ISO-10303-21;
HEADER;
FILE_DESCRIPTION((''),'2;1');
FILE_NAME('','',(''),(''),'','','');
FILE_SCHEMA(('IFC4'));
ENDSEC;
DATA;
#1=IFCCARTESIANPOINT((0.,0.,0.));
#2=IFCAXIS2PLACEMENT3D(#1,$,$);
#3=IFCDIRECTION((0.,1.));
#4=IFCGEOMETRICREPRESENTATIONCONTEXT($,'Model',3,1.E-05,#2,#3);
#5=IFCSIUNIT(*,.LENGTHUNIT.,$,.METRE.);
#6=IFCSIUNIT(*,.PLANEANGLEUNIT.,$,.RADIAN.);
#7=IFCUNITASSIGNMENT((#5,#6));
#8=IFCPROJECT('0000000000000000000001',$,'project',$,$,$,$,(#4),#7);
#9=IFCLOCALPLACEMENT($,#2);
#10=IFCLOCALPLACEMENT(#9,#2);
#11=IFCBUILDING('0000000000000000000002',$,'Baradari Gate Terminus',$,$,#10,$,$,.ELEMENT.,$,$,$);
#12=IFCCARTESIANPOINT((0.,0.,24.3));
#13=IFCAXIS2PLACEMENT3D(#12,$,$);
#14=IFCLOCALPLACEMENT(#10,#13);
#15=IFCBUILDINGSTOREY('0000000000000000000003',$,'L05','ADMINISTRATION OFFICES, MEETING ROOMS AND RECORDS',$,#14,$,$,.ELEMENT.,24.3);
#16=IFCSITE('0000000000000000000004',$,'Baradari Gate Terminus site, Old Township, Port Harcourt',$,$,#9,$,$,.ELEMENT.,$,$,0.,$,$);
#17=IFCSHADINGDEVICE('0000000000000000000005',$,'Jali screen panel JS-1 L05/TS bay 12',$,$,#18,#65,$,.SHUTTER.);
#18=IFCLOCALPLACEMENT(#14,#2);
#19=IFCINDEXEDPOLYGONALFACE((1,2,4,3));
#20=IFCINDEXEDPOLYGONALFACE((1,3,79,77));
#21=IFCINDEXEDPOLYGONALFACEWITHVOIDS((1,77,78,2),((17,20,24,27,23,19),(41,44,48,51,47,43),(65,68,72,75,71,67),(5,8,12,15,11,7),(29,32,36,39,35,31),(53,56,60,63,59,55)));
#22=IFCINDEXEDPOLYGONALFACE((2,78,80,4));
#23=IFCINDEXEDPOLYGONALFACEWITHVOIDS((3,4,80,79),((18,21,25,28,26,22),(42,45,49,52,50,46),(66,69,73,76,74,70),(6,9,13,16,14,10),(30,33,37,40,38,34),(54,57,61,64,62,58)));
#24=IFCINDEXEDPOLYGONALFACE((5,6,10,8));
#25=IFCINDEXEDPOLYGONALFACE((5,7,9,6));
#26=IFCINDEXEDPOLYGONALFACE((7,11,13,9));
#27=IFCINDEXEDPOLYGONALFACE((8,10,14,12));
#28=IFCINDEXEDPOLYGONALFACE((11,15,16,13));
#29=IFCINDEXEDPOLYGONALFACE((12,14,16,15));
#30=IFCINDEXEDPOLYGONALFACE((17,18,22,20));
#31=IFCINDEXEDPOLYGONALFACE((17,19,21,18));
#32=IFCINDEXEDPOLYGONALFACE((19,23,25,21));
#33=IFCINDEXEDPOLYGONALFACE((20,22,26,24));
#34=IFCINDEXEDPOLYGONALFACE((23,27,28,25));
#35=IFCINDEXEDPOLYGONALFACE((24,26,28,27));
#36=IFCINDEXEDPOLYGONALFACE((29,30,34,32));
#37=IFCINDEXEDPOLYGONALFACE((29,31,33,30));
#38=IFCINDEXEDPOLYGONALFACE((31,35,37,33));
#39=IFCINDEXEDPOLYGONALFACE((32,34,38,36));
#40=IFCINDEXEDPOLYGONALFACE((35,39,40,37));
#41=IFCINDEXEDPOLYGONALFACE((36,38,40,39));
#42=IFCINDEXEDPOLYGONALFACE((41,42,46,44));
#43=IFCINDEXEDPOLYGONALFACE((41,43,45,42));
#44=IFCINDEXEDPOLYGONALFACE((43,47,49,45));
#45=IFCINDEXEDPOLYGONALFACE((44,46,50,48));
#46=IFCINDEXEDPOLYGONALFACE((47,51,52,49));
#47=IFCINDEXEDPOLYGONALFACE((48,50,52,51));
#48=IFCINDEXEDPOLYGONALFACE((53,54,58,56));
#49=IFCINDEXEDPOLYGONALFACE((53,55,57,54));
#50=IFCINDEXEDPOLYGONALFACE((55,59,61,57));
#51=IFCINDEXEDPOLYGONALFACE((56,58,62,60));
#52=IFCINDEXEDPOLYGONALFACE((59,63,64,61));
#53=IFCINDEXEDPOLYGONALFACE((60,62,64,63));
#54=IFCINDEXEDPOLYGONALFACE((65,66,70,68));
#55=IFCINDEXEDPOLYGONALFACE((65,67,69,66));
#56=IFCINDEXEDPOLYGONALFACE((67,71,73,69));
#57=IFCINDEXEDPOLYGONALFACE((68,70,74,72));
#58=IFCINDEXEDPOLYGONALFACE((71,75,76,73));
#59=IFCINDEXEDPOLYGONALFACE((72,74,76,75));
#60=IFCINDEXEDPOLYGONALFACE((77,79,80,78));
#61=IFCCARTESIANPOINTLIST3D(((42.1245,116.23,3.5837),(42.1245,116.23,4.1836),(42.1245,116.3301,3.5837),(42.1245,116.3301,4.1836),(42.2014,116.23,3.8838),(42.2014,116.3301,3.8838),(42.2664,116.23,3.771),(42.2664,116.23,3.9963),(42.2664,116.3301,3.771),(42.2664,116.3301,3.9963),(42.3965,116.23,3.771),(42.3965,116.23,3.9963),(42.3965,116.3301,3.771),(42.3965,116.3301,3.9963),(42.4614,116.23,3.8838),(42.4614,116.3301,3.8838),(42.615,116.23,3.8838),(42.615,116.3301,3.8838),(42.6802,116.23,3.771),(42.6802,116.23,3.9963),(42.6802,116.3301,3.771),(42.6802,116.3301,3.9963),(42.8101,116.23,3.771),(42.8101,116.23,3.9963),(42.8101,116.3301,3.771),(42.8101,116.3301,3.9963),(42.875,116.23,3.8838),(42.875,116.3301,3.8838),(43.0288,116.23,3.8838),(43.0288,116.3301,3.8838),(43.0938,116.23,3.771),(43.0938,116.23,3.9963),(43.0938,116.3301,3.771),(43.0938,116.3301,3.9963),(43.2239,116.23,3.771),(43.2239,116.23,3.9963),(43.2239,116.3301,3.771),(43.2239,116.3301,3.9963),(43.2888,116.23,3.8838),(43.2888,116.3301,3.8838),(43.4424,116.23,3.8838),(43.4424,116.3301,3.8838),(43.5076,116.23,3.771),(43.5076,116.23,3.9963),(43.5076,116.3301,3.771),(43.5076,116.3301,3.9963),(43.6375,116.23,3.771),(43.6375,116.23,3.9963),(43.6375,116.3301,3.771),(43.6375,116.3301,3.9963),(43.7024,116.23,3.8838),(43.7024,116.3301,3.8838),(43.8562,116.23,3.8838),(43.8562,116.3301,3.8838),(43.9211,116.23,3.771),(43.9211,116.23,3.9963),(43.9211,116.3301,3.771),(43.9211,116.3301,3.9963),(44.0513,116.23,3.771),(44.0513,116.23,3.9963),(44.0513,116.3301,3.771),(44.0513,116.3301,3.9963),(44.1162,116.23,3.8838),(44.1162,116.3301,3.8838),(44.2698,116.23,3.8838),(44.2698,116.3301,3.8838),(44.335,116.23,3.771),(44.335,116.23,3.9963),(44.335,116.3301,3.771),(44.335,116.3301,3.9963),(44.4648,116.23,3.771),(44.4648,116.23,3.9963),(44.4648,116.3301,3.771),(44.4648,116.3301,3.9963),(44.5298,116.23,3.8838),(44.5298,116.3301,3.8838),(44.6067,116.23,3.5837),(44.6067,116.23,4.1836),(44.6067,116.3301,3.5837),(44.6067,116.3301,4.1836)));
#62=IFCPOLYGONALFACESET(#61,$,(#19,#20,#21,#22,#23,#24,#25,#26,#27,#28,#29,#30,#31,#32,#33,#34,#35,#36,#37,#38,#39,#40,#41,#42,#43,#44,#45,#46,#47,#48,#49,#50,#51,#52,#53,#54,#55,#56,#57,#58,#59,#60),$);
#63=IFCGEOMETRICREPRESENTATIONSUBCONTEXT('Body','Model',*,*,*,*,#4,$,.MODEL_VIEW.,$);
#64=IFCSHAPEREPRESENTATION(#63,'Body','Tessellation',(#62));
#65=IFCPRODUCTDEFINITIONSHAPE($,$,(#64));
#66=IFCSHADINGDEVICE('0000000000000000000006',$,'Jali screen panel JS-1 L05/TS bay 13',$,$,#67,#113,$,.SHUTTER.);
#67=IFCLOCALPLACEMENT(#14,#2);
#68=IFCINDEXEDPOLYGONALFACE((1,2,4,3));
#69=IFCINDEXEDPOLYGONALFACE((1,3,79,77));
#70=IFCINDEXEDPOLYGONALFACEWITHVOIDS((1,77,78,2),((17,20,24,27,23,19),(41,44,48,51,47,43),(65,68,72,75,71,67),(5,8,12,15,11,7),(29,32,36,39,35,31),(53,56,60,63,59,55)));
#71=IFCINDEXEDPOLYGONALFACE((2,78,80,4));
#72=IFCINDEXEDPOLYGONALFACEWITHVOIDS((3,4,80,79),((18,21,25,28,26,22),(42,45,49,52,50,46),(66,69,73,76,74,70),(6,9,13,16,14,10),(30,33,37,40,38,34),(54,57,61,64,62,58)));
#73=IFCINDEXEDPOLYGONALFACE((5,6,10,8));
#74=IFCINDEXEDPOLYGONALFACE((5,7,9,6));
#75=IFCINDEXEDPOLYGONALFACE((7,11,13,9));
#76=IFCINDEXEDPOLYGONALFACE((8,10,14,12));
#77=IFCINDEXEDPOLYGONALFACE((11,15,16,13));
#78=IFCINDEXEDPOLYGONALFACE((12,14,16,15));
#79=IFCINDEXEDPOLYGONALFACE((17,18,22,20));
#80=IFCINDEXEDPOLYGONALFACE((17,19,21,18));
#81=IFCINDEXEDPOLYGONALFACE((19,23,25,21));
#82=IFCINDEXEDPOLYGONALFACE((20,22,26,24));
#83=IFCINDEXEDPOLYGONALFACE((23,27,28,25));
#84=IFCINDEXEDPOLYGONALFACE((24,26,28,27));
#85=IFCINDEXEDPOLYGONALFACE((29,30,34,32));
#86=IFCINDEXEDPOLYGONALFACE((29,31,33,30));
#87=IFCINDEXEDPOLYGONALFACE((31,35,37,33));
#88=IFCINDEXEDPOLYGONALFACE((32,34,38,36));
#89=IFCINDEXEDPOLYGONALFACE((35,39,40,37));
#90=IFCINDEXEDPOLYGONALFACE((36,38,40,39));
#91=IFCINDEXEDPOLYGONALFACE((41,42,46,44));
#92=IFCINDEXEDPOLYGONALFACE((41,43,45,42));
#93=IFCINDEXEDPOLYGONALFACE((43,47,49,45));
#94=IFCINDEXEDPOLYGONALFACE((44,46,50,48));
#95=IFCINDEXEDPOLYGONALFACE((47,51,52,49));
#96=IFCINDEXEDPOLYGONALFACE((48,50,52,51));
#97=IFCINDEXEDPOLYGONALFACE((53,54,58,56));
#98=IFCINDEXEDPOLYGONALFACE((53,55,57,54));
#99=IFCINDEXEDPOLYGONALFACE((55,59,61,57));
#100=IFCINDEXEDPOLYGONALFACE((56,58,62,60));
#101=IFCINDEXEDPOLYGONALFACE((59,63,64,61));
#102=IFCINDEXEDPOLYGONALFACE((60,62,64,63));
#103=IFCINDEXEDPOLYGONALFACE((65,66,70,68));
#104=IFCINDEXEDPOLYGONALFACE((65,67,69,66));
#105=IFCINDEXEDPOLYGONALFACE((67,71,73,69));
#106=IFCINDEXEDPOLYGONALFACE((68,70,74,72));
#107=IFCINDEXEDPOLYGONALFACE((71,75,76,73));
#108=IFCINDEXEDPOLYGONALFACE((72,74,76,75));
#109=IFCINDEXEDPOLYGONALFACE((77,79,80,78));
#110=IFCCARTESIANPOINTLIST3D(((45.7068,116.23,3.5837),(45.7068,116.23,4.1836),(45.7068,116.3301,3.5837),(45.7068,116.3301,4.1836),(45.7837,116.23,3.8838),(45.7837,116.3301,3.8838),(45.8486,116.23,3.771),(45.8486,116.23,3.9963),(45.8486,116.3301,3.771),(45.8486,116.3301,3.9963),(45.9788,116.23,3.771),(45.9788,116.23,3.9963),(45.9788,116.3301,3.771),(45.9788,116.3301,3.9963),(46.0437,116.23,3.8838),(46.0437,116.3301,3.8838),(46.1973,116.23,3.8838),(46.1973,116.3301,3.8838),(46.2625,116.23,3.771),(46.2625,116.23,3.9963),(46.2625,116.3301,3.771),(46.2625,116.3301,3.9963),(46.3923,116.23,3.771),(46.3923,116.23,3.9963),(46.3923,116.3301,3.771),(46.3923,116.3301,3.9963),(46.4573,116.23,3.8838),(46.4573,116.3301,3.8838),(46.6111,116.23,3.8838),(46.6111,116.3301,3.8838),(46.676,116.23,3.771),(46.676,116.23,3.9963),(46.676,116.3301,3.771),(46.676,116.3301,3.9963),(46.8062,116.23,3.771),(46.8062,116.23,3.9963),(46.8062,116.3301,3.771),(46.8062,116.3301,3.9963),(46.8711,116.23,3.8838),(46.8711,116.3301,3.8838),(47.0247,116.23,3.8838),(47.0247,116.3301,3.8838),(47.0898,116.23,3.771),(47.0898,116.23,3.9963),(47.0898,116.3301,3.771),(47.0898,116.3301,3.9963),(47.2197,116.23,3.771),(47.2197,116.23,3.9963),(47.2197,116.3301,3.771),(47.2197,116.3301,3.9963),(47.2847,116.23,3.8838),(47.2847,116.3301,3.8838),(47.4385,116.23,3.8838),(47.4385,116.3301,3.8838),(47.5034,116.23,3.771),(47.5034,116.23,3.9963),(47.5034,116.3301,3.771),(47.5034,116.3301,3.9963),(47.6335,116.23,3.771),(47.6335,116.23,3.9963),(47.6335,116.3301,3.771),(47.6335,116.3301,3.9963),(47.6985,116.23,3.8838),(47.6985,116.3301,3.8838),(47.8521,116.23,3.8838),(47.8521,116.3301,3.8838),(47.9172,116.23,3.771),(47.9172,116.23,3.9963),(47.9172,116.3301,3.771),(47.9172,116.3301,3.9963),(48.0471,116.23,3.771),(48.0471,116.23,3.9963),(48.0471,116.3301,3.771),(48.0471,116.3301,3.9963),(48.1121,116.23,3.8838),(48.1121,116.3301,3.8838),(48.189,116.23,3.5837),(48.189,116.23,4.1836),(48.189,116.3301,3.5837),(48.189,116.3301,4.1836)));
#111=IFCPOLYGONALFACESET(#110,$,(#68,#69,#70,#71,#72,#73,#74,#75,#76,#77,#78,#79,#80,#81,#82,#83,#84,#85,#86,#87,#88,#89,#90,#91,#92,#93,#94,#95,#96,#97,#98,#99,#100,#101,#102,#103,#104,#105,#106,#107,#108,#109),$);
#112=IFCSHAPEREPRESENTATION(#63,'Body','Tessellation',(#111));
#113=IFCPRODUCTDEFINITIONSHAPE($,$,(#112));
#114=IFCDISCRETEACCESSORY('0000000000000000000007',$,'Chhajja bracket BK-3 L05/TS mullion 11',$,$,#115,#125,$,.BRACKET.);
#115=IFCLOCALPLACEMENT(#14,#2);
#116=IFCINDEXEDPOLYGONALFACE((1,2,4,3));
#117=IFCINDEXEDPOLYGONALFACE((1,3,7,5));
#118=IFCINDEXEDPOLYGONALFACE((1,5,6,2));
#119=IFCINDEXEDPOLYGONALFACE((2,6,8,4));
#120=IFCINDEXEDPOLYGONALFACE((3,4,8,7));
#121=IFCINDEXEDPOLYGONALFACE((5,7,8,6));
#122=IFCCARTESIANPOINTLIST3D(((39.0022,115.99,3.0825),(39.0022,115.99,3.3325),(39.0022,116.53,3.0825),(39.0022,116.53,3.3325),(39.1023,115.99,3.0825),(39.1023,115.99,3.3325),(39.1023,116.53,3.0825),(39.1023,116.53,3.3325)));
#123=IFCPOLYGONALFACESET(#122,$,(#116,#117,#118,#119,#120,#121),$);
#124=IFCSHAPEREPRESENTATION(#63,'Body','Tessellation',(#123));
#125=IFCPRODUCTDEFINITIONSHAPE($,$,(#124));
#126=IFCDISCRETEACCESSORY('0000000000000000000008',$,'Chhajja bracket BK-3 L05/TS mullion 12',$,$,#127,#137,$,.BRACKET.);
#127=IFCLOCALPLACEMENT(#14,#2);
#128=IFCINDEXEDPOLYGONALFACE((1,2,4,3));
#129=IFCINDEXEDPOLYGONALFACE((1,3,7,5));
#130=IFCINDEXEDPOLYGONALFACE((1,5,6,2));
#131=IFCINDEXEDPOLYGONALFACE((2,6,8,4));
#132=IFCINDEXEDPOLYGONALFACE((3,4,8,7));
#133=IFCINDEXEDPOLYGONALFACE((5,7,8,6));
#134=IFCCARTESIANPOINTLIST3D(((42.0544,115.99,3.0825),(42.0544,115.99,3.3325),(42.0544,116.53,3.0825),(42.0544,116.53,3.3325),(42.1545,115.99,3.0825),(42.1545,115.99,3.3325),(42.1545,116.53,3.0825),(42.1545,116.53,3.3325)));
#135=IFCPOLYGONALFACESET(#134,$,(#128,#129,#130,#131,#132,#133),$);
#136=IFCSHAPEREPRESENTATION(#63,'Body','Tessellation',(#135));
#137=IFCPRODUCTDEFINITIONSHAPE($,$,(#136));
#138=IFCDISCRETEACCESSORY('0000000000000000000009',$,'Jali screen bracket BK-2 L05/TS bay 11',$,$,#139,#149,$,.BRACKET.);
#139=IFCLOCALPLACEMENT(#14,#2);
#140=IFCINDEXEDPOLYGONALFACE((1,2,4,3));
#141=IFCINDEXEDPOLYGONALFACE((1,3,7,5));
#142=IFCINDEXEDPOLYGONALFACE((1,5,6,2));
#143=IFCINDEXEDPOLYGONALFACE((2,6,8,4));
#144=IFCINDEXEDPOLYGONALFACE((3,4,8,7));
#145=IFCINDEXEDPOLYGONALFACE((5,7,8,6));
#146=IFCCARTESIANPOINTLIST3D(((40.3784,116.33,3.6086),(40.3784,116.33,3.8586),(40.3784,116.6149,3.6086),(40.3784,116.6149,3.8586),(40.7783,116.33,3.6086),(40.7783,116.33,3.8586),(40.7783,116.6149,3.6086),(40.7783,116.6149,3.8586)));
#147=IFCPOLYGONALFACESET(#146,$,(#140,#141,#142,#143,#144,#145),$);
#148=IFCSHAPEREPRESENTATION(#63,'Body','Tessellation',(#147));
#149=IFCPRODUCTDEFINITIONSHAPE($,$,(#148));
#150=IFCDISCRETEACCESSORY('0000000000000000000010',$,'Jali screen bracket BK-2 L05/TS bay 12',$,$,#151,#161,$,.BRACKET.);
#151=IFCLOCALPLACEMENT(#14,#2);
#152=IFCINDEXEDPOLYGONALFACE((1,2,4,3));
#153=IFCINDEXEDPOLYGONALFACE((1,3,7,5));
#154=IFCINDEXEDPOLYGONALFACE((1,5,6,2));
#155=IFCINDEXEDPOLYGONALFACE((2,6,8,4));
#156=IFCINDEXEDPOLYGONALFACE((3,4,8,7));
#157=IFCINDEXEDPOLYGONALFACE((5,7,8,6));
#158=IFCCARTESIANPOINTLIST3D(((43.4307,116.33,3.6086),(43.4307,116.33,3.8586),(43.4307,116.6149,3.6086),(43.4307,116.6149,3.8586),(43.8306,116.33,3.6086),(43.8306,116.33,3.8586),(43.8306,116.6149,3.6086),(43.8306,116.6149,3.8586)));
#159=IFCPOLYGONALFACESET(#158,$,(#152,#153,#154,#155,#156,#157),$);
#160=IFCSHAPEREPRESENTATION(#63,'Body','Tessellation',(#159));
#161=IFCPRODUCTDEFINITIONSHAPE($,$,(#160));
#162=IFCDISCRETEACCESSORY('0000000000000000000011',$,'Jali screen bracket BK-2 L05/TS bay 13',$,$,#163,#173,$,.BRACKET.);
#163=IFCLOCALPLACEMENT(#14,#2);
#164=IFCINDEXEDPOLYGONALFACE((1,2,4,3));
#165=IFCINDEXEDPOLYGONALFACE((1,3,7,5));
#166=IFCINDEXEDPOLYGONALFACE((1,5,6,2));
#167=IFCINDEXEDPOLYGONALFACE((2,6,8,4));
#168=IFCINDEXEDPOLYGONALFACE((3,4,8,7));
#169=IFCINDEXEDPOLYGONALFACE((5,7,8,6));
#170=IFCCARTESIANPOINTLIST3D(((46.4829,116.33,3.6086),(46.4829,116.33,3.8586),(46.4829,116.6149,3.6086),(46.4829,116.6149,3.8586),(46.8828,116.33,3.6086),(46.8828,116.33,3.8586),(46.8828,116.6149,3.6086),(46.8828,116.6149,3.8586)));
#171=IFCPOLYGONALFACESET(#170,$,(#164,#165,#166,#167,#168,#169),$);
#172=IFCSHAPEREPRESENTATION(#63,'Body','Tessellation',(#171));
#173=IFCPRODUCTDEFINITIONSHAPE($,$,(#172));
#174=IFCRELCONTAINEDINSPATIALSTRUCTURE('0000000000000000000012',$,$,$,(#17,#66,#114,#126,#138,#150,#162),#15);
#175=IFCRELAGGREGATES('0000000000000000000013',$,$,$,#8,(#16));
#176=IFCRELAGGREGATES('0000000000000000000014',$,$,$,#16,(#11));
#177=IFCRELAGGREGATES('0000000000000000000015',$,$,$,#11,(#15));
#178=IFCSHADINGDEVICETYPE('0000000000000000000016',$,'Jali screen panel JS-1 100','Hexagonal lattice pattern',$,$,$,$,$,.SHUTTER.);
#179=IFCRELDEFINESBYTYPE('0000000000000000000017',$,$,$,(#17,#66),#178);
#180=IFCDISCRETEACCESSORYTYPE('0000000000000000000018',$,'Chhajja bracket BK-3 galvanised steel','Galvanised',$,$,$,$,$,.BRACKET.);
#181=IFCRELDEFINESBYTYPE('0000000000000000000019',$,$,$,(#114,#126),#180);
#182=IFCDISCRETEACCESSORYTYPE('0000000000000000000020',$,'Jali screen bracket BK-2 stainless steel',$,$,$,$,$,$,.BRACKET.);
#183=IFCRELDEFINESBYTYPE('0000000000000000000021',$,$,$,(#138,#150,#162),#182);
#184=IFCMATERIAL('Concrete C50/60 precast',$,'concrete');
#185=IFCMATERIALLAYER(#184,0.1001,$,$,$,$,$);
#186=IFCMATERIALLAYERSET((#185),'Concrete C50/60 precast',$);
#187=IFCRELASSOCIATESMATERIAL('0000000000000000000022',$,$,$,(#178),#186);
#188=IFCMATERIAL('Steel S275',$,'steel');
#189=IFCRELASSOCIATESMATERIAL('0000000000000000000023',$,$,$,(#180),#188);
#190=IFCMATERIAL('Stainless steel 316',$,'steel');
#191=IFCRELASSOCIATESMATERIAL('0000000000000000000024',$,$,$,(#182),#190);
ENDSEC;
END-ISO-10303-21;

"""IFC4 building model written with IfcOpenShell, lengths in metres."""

from ifc_helpers import new_model, si_unit, direction, frame, origin, origin_2d, place, context, subcontext, project, spatial, polyline, rectangle, outline, extrude, material, layer, layer_set, type_object, element, save


model = new_model("IFC4")

# Units and contexts
model_context = context("Model", 3, precision=1e-05, world=origin(), true_north=direction((0.0, 1.0)))
body_context = subcontext(model_context, "Body", "Model", "MODEL_VIEW")
ifc_project = project(units=[si_unit("LENGTHUNIT", "METRE"), si_unit("PLANEANGLEUNIT", "RADIAN")], contexts=[model_context])

# Site, building, storey
site_placement = place(None, origin())
site = spatial("IfcSite", under=ifc_project, at=site_placement, Name="Baradari Gate Terminus site, Old Township, Port Harcourt", CompositionType="ELEMENT", RefElevation=0.0)
building_placement = place(site_placement, origin())
building = spatial("IfcBuilding", under=site, at=building_placement, Name="Baradari Gate Terminus", CompositionType="ELEMENT")
storey_placement = place(building_placement, frame((0.0, 0.0, 24.3)))
storey = spatial("IfcBuildingStorey", under=building, at=storey_placement, Name="L05", Description="ADMINISTRATION OFFICES, MEETING ROOMS AND RECORDS", CompositionType="ELEMENT", Elevation=24.3)

# Shading devices
ifc_material_1 = material(Name="Concrete C50/60 precast", Category="concrete")
ifc_layer_1 = layer(ifc_material_1, 0.1001)
ifc_layer_set_1 = layer_set([ifc_layer_1], Name="Concrete C50/60 precast")
shading_device_type_1 = type_object("IfcShadingDeviceType", Name="Jali screen panel JS-1 100", Description="Hexagonal lattice pattern", PredefinedType="SHUTTER", material=ifc_layer_set_1)
for number, where, z_axis, x_axis, name in (
    (1, (42.1245, 116.28, 3.5837), (0.0, 0.0, 1.0), (1.0, 0.0, 0.0), "Jali screen panel JS-1 L05/TS bay 12"),
    (2, (45.7068, 116.28, 3.5837), (0.0, 0.0, 1.0), (1.0, 0.0, 0.0), "Jali screen panel JS-1 L05/TS bay 13"),
):
    element("IfcShadingDevice", number, at=place(storey_placement, frame(where, z_axis=z_axis, x_axis=x_axis)), inside=storey, type_object=shading_device_type_1, Name=name, PredefinedType="SHUTTER", context=body_context, shape_type="SweptSolid", body=[
        extrude(outline(polyline([(0.0, 0.0), (2.4822, 0.0), (2.4822, 0.5999), (0.0, 0.5999), (0.0, 0.0)]), holes=[polyline([(0.3369, 0.3), (0.272, 0.1873), (0.1418, 0.1873), (0.0769, 0.3), (0.1418, 0.4126), (0.272, 0.4126), (0.3369, 0.3)]), polyline([(0.7505, 0.3), (0.6855, 0.1873), (0.5557, 0.1873), (0.4905, 0.3), (0.5557, 0.4126), (0.6855, 0.4126), (0.7505, 0.3)]), polyline([(1.1643, 0.3), (1.0994, 0.1873), (0.9692, 0.1873), (0.9043, 0.3), (0.9692, 0.4126), (1.0994, 0.4126), (1.1643, 0.3)]), polyline([(1.5779, 0.3), (1.5129, 0.1873), (1.3831, 0.1873), (1.3179, 0.3), (1.3831, 0.4126), (1.5129, 0.4126), (1.5779, 0.3)]), polyline([(1.9917, 0.3), (1.9268, 0.1873), (1.7966, 0.1873), (1.7317, 0.3), (1.7966, 0.4126), (1.9268, 0.4126), (1.9917, 0.3)]), polyline([(2.4053, 0.3), (2.3403, 0.1873), (2.2104, 0.1873), (2.1453, 0.3), (2.2104, 0.4126), (2.3403, 0.4126), (2.4053, 0.3)])]), frame((0.0, 0.05, 0.0), z_axis=(0.0, -1.0, 0.0), x_axis=(1.0, 0.0, 0.0)), (0.0, 0.0, 1.0), 0.1001),
    ])

# Discrete accessories
ifc_material_2 = material(Name="Steel S275", Category="steel")
discrete_accessory_type_1 = type_object("IfcDiscreteAccessoryType", Name="Chhajja bracket BK-3 galvanised steel", Description="Galvanised", PredefinedType="BRACKET", material=ifc_material_2)
for number, where, z_axis, x_axis, name in (
    (3, (39.0522, 116.26, 3.0825), (0.0, 0.0, 1.0), (0.0, -1.0, 0.0), "Chhajja bracket BK-3 L05/TS mullion 11"),
    (4, (42.1045, 116.26, 3.0825), (0.0, 0.0, 1.0), (0.0, -1.0, 0.0), "Chhajja bracket BK-3 L05/TS mullion 12"),
):
    element("IfcDiscreteAccessory", number, at=place(storey_placement, frame(where, z_axis=z_axis, x_axis=x_axis)), inside=storey, type_object=discrete_accessory_type_1, Name=name, PredefinedType="BRACKET", context=body_context, shape_type="SweptSolid", body=[
        extrude(rectangle(XDim=0.54, YDim=0.1001, at=origin_2d()), origin(), (0.0, 0.0, 1.0), 0.25),
    ])
ifc_material_3 = material(Name="Stainless steel 316", Category="steel")
discrete_accessory_type_2 = type_object("IfcDiscreteAccessoryType", Name="Jali screen bracket BK-2 stainless steel", PredefinedType="BRACKET", material=ifc_material_3)
for number, where, z_axis, x_axis, name in (
    (5, (40.5784, 116.4724, 3.6086), (0.0, 0.0, 1.0), (0.0, -1.0, 0.0), "Jali screen bracket BK-2 L05/TS bay 11"),
    (6, (43.6306, 116.4724, 3.6086), (0.0, 0.0, 1.0), (0.0, -1.0, 0.0), "Jali screen bracket BK-2 L05/TS bay 12"),
    (7, (46.6829, 116.4724, 3.6086), (0.0, 0.0, 1.0), (0.0, -1.0, 0.0), "Jali screen bracket BK-2 L05/TS bay 13"),
):
    element("IfcDiscreteAccessory", number, at=place(storey_placement, frame(where, z_axis=z_axis, x_axis=x_axis)), inside=storey, type_object=discrete_accessory_type_2, Name=name, PredefinedType="BRACKET", context=body_context, shape_type="SweptSolid", body=[
        extrude(rectangle(XDim=0.2849, YDim=0.3999, at=origin_2d()), origin(), (0.0, 0.0, 1.0), 0.25),
    ])

save(model, "model.ifc")
